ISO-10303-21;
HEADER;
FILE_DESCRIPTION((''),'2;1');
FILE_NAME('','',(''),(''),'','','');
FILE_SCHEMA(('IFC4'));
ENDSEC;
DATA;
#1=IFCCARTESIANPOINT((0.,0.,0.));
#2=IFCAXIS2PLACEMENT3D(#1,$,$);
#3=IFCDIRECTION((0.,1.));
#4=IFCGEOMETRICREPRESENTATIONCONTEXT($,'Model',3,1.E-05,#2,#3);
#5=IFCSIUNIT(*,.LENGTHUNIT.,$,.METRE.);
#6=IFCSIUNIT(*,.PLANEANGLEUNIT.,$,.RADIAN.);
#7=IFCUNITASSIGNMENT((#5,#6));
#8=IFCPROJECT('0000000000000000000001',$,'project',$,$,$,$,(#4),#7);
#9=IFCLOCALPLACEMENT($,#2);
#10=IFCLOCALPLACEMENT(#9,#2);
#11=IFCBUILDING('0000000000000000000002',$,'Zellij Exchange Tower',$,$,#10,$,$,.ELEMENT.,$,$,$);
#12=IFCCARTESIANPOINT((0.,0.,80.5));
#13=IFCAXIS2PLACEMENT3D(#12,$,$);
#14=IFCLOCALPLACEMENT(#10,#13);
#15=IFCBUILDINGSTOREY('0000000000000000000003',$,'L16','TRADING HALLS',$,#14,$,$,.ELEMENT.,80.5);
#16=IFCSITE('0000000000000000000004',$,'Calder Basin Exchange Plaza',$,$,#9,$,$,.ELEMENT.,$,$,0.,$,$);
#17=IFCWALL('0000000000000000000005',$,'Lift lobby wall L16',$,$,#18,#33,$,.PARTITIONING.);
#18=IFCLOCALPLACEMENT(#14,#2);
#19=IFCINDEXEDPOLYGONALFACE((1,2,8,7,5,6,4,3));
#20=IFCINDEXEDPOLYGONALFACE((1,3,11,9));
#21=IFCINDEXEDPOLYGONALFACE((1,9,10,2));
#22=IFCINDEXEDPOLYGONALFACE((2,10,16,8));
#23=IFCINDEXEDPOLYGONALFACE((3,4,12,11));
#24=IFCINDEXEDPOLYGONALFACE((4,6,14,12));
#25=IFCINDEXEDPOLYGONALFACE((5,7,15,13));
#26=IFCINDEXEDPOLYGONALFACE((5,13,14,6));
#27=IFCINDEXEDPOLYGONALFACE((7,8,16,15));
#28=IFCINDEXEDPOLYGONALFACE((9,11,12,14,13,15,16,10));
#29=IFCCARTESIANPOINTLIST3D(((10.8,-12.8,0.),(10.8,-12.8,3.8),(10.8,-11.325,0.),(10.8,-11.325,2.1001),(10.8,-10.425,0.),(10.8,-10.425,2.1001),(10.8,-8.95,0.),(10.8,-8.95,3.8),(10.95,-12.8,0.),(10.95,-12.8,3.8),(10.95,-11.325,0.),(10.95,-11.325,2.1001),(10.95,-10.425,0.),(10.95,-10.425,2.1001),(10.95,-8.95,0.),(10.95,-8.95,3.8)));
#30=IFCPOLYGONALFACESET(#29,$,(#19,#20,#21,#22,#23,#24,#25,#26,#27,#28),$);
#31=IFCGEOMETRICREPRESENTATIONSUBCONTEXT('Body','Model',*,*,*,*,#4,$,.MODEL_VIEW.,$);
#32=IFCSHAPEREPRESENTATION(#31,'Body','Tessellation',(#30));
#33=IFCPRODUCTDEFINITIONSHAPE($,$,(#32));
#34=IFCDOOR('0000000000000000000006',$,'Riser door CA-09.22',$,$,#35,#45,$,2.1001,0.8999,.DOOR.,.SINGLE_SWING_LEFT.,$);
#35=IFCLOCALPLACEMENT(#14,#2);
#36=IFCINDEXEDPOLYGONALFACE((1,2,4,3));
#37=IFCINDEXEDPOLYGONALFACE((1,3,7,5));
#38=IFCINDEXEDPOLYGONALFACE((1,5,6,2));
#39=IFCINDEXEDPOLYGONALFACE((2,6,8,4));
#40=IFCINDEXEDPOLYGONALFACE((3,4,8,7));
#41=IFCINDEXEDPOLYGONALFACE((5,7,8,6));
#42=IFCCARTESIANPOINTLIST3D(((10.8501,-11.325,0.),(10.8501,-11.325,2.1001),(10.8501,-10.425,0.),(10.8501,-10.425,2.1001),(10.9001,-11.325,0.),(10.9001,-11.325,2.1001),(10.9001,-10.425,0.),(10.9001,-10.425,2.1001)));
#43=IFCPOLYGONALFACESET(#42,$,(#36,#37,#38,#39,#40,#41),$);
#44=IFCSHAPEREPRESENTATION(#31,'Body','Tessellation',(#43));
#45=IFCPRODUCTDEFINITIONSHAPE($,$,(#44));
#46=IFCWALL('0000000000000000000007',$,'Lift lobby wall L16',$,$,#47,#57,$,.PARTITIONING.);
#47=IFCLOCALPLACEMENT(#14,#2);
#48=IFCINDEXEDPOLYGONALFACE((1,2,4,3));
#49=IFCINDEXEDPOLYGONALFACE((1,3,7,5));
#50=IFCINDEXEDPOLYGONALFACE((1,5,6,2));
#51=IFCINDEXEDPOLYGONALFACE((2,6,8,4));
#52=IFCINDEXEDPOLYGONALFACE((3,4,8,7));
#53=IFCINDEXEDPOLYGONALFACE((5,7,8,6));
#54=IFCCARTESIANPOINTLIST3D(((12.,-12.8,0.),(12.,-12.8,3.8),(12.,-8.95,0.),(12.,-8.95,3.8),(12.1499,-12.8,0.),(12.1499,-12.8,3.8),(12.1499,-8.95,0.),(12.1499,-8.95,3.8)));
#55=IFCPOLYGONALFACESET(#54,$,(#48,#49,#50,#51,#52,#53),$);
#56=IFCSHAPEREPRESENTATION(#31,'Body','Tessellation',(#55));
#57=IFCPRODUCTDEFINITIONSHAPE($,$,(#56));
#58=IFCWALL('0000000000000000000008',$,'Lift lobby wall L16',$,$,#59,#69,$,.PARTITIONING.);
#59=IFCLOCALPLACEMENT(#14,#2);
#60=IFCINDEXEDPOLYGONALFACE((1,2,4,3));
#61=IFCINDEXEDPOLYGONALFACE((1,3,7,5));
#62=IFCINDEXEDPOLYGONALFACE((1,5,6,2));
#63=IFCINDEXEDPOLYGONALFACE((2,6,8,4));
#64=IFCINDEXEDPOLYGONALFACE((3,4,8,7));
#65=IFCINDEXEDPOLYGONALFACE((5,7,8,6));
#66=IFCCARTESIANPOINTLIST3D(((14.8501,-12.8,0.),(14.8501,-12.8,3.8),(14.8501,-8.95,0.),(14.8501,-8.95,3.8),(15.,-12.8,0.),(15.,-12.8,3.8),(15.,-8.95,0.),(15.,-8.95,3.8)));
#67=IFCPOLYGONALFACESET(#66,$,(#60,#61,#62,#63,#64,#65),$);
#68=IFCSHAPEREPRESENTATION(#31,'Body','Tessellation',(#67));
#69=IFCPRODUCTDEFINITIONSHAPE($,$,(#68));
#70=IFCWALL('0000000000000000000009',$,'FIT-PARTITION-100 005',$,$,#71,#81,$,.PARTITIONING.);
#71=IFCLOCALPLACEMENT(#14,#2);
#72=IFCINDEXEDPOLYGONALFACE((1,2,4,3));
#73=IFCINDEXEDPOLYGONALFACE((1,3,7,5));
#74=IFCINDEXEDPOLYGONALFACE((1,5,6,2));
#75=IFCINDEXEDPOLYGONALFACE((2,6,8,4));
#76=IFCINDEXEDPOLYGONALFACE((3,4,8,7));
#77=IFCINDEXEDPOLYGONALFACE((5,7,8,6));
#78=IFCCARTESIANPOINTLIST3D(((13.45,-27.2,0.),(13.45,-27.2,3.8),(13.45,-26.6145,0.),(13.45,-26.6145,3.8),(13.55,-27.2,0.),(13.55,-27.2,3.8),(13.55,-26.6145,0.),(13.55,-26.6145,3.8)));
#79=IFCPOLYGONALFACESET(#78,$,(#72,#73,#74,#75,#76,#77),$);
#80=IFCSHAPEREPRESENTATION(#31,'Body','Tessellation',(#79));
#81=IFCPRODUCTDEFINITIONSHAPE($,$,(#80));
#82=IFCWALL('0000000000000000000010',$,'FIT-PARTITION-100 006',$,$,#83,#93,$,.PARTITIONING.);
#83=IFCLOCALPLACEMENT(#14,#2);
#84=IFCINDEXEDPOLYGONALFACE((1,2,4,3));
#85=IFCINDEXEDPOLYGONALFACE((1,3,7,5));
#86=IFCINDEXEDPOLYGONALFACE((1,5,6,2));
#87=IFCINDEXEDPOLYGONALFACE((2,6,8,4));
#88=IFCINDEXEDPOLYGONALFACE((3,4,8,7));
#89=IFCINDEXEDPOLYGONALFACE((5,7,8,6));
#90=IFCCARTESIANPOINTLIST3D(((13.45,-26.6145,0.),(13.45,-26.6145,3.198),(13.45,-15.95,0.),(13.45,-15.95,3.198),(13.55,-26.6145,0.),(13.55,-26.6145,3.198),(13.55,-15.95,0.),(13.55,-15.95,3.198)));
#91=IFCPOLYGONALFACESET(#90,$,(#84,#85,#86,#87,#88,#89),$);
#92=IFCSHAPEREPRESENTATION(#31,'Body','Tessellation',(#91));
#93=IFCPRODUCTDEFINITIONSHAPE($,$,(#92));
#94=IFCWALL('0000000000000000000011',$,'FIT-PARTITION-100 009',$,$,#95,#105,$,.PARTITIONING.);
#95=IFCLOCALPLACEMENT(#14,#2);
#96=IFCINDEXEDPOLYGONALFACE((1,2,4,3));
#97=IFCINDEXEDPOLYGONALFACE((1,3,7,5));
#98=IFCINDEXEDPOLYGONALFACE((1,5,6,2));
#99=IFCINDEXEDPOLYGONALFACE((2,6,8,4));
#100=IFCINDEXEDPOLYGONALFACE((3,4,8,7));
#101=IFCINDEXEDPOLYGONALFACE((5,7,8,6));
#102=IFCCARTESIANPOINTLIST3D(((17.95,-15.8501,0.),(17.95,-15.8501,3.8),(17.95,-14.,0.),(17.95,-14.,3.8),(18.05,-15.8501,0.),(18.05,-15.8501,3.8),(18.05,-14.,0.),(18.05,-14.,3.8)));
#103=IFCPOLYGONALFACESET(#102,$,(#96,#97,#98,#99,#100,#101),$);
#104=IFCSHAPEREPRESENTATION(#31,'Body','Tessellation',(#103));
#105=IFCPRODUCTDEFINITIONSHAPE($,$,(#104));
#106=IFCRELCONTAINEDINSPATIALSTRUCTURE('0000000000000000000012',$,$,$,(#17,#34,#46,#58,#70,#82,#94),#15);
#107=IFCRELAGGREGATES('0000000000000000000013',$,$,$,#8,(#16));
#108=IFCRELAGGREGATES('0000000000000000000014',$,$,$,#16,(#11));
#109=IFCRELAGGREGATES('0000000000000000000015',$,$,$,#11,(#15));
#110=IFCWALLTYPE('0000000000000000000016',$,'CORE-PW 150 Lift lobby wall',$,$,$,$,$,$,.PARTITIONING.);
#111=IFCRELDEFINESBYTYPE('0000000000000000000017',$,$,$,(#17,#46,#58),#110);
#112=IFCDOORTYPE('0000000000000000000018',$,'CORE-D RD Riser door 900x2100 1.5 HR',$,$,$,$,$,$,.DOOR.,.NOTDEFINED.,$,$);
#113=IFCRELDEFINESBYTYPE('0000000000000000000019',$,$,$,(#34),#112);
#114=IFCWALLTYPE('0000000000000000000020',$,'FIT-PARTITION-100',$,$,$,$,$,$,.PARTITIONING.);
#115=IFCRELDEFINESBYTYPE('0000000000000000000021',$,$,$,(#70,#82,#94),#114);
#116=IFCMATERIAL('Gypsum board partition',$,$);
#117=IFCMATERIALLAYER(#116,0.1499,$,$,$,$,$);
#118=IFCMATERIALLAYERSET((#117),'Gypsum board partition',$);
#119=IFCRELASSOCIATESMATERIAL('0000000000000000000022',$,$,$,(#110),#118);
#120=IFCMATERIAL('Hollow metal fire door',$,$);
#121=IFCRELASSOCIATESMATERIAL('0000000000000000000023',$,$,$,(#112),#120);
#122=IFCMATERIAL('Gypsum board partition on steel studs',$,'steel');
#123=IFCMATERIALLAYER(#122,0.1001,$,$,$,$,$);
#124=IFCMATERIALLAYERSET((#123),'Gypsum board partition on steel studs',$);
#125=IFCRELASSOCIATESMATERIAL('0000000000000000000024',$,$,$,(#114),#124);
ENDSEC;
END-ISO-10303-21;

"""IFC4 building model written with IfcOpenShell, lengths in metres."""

from ifc_helpers import new_model, si_unit, direction, frame, frame_2d, origin, place, context, subcontext, project, spatial, rectangle, extrude, material, layer, layer_set, type_object, element, fill, save


model = new_model("IFC4")

# Units and contexts
model_context = context("Model", 3, precision=1e-05, world=origin(), true_north=direction((0.0, 1.0)))
body_context = subcontext(model_context, "Body", "Model", "MODEL_VIEW")
ifc_project = project(units=[si_unit("LENGTHUNIT", "METRE"), si_unit("PLANEANGLEUNIT", "RADIAN")], contexts=[model_context])

# Site, building, storey
site_placement = place(None, origin())
site = spatial("IfcSite", under=ifc_project, at=site_placement, Name="Calder Basin Exchange Plaza", CompositionType="ELEMENT", RefElevation=0.0)
building_placement = place(site_placement, origin())
building = spatial("IfcBuilding", under=site, at=building_placement, Name="Zellij Exchange Tower", CompositionType="ELEMENT")
storey_placement = place(building_placement, frame((0.0, 0.0, 80.5)))
storey = spatial("IfcBuildingStorey", under=building, at=storey_placement, Name="L16", Description="TRADING HALLS", CompositionType="ELEMENT", Elevation=80.5)

# Wall, opening, door
ifc_material_1 = material(Name="Gypsum board partition")
ifc_layer_1 = layer(ifc_material_1, 0.1499)
ifc_layer_set_1 = layer_set([ifc_layer_1], Name="Gypsum board partition")
wall_type_1 = type_object("IfcWallType", Name="CORE-PW 150 Lift lobby wall", PredefinedType="PARTITIONING", material=ifc_layer_set_1)
wall_1_placement = place(storey_placement, frame((10.875, -12.8, 0.0), z_axis=(0.0, 0.0, 1.0), x_axis=(0.0, 1.0, 0.0)))
wall_1 = element("IfcWall", 1, at=wall_1_placement, inside=storey, type_object=wall_type_1, Name="Lift lobby wall L16", PredefinedType="PARTITIONING", context=body_context, shape_type="SweptSolid", body=[
    extrude(rectangle(XDim=3.8501, YDim=0.1499, at=frame_2d((1.925, 0.0))), origin(), (0.0, 0.0, 1.0), 3.8),
])
opening_placement = place(wall_1_placement, frame((1.4751, 0.0, 0.0)))
opening = element("IfcOpeningElement", 2, at=opening_placement, cuts=wall_1, PredefinedType="OPENING", context=body_context, shape_type="SweptSolid", body=[
    extrude(rectangle(XDim=0.8999, YDim=2.1001, at=frame_2d((0.45, 1.05))), frame((0.0, 0.0869, 0.0), z_axis=(0.0, -1.0, 0.0), x_axis=(1.0, 0.0, 0.0)), (0.0, 0.0, 1.0), 0.1738),
])
ifc_material_2 = material(Name="Hollow metal fire door")
door_type = type_object("IfcDoorType", Name="CORE-D RD Riser door 900x2100 1.5 HR", OperationType="NOTDEFINED", PredefinedType="DOOR", material=ifc_material_2)
door_placement = place(opening_placement, origin())
door = element("IfcDoor", 3, at=door_placement, inside=storey, type_object=door_type, Name="Riser door CA-09.22", OperationType="SINGLE_SWING_LEFT", OverallHeight=2.1001, OverallWidth=0.8999, PredefinedType="DOOR", context=body_context, shape_type="SweptSolid", body=[
    extrude(rectangle(XDim=0.8999, YDim=2.1001, at=frame_2d((0.45, 1.05))), frame((0.0, 0.0249, 0.0), z_axis=(0.0, -1.0, 0.0), x_axis=(1.0, 0.0, 0.0)), (0.0, 0.0, 1.0), 0.05),
])
fill(opening, door)

# Walls
for number, where, z_axis, x_axis, name in (
    (4, (12.075, -12.8, 0.0), (0.0, 0.0, 1.0), (0.0, 1.0, 0.0), "Lift lobby wall L16"),
    (5, (14.925, -12.8, 0.0), (0.0, 0.0, 1.0), (0.0, 1.0, 0.0), "Lift lobby wall L16"),
):
    element("IfcWall", number, at=place(storey_placement, frame(where, z_axis=z_axis, x_axis=x_axis)), inside=storey, type_object=wall_type_1, Name=name, PredefinedType="PARTITIONING", context=body_context, shape_type="SweptSolid", body=[
        extrude(rectangle(XDim=3.8501, YDim=0.1499, at=frame_2d((1.925, 0.0))), origin(), (0.0, 0.0, 1.0), 3.8),
    ])
ifc_material_3 = material(Name="Gypsum board partition on steel studs", Category="steel")
ifc_layer_2 = layer(ifc_material_3, 0.1001)
ifc_layer_set_2 = layer_set([ifc_layer_2], Name="Gypsum board partition on steel studs")
wall_type_2 = type_object("IfcWallType", Name="FIT-PARTITION-100", PredefinedType="PARTITIONING", material=ifc_layer_set_2)
wall_2_placement = place(storey_placement, frame((13.5, -27.2, 0.0), z_axis=(0.0, 0.0, 1.0), x_axis=(0.0, 1.0, 0.0)))
element("IfcWall", 6, at=wall_2_placement, inside=storey, type_object=wall_type_2, Name="FIT-PARTITION-100 005", PredefinedType="PARTITIONING", context=body_context, shape_type="SweptSolid", body=[
    extrude(rectangle(XDim=0.5854, YDim=0.1001, at=frame_2d((0.2927, 0.0))), origin(), (0.0, 0.0, 1.0), 3.8),
])
wall_3_placement = place(storey_placement, frame((13.5, -26.6145, 0.0), z_axis=(0.0, 0.0, 1.0), x_axis=(0.0, 1.0, 0.0)))
element("IfcWall", 7, at=wall_3_placement, inside=storey, type_object=wall_type_2, Name="FIT-PARTITION-100 006", PredefinedType="PARTITIONING", context=body_context, shape_type="SweptSolid", body=[
    extrude(rectangle(XDim=10.6646, YDim=0.1001, at=frame_2d((5.3323, 0.0))), origin(), (0.0, 0.0, 1.0), 3.198),
])
wall_4_placement = place(storey_placement, frame((18.0, -15.8501, 0.0), z_axis=(0.0, 0.0, 1.0), x_axis=(0.0, 1.0, 0.0)))
element("IfcWall", 8, at=wall_4_placement, inside=storey, type_object=wall_type_2, Name="FIT-PARTITION-100 009", PredefinedType="PARTITIONING", context=body_context, shape_type="SweptSolid", body=[
    extrude(rectangle(XDim=1.8501, YDim=0.1001, at=frame_2d((0.925, 0.0))), origin(), (0.0, 0.0, 1.0), 3.8),
])

save(model, "model.ifc")
